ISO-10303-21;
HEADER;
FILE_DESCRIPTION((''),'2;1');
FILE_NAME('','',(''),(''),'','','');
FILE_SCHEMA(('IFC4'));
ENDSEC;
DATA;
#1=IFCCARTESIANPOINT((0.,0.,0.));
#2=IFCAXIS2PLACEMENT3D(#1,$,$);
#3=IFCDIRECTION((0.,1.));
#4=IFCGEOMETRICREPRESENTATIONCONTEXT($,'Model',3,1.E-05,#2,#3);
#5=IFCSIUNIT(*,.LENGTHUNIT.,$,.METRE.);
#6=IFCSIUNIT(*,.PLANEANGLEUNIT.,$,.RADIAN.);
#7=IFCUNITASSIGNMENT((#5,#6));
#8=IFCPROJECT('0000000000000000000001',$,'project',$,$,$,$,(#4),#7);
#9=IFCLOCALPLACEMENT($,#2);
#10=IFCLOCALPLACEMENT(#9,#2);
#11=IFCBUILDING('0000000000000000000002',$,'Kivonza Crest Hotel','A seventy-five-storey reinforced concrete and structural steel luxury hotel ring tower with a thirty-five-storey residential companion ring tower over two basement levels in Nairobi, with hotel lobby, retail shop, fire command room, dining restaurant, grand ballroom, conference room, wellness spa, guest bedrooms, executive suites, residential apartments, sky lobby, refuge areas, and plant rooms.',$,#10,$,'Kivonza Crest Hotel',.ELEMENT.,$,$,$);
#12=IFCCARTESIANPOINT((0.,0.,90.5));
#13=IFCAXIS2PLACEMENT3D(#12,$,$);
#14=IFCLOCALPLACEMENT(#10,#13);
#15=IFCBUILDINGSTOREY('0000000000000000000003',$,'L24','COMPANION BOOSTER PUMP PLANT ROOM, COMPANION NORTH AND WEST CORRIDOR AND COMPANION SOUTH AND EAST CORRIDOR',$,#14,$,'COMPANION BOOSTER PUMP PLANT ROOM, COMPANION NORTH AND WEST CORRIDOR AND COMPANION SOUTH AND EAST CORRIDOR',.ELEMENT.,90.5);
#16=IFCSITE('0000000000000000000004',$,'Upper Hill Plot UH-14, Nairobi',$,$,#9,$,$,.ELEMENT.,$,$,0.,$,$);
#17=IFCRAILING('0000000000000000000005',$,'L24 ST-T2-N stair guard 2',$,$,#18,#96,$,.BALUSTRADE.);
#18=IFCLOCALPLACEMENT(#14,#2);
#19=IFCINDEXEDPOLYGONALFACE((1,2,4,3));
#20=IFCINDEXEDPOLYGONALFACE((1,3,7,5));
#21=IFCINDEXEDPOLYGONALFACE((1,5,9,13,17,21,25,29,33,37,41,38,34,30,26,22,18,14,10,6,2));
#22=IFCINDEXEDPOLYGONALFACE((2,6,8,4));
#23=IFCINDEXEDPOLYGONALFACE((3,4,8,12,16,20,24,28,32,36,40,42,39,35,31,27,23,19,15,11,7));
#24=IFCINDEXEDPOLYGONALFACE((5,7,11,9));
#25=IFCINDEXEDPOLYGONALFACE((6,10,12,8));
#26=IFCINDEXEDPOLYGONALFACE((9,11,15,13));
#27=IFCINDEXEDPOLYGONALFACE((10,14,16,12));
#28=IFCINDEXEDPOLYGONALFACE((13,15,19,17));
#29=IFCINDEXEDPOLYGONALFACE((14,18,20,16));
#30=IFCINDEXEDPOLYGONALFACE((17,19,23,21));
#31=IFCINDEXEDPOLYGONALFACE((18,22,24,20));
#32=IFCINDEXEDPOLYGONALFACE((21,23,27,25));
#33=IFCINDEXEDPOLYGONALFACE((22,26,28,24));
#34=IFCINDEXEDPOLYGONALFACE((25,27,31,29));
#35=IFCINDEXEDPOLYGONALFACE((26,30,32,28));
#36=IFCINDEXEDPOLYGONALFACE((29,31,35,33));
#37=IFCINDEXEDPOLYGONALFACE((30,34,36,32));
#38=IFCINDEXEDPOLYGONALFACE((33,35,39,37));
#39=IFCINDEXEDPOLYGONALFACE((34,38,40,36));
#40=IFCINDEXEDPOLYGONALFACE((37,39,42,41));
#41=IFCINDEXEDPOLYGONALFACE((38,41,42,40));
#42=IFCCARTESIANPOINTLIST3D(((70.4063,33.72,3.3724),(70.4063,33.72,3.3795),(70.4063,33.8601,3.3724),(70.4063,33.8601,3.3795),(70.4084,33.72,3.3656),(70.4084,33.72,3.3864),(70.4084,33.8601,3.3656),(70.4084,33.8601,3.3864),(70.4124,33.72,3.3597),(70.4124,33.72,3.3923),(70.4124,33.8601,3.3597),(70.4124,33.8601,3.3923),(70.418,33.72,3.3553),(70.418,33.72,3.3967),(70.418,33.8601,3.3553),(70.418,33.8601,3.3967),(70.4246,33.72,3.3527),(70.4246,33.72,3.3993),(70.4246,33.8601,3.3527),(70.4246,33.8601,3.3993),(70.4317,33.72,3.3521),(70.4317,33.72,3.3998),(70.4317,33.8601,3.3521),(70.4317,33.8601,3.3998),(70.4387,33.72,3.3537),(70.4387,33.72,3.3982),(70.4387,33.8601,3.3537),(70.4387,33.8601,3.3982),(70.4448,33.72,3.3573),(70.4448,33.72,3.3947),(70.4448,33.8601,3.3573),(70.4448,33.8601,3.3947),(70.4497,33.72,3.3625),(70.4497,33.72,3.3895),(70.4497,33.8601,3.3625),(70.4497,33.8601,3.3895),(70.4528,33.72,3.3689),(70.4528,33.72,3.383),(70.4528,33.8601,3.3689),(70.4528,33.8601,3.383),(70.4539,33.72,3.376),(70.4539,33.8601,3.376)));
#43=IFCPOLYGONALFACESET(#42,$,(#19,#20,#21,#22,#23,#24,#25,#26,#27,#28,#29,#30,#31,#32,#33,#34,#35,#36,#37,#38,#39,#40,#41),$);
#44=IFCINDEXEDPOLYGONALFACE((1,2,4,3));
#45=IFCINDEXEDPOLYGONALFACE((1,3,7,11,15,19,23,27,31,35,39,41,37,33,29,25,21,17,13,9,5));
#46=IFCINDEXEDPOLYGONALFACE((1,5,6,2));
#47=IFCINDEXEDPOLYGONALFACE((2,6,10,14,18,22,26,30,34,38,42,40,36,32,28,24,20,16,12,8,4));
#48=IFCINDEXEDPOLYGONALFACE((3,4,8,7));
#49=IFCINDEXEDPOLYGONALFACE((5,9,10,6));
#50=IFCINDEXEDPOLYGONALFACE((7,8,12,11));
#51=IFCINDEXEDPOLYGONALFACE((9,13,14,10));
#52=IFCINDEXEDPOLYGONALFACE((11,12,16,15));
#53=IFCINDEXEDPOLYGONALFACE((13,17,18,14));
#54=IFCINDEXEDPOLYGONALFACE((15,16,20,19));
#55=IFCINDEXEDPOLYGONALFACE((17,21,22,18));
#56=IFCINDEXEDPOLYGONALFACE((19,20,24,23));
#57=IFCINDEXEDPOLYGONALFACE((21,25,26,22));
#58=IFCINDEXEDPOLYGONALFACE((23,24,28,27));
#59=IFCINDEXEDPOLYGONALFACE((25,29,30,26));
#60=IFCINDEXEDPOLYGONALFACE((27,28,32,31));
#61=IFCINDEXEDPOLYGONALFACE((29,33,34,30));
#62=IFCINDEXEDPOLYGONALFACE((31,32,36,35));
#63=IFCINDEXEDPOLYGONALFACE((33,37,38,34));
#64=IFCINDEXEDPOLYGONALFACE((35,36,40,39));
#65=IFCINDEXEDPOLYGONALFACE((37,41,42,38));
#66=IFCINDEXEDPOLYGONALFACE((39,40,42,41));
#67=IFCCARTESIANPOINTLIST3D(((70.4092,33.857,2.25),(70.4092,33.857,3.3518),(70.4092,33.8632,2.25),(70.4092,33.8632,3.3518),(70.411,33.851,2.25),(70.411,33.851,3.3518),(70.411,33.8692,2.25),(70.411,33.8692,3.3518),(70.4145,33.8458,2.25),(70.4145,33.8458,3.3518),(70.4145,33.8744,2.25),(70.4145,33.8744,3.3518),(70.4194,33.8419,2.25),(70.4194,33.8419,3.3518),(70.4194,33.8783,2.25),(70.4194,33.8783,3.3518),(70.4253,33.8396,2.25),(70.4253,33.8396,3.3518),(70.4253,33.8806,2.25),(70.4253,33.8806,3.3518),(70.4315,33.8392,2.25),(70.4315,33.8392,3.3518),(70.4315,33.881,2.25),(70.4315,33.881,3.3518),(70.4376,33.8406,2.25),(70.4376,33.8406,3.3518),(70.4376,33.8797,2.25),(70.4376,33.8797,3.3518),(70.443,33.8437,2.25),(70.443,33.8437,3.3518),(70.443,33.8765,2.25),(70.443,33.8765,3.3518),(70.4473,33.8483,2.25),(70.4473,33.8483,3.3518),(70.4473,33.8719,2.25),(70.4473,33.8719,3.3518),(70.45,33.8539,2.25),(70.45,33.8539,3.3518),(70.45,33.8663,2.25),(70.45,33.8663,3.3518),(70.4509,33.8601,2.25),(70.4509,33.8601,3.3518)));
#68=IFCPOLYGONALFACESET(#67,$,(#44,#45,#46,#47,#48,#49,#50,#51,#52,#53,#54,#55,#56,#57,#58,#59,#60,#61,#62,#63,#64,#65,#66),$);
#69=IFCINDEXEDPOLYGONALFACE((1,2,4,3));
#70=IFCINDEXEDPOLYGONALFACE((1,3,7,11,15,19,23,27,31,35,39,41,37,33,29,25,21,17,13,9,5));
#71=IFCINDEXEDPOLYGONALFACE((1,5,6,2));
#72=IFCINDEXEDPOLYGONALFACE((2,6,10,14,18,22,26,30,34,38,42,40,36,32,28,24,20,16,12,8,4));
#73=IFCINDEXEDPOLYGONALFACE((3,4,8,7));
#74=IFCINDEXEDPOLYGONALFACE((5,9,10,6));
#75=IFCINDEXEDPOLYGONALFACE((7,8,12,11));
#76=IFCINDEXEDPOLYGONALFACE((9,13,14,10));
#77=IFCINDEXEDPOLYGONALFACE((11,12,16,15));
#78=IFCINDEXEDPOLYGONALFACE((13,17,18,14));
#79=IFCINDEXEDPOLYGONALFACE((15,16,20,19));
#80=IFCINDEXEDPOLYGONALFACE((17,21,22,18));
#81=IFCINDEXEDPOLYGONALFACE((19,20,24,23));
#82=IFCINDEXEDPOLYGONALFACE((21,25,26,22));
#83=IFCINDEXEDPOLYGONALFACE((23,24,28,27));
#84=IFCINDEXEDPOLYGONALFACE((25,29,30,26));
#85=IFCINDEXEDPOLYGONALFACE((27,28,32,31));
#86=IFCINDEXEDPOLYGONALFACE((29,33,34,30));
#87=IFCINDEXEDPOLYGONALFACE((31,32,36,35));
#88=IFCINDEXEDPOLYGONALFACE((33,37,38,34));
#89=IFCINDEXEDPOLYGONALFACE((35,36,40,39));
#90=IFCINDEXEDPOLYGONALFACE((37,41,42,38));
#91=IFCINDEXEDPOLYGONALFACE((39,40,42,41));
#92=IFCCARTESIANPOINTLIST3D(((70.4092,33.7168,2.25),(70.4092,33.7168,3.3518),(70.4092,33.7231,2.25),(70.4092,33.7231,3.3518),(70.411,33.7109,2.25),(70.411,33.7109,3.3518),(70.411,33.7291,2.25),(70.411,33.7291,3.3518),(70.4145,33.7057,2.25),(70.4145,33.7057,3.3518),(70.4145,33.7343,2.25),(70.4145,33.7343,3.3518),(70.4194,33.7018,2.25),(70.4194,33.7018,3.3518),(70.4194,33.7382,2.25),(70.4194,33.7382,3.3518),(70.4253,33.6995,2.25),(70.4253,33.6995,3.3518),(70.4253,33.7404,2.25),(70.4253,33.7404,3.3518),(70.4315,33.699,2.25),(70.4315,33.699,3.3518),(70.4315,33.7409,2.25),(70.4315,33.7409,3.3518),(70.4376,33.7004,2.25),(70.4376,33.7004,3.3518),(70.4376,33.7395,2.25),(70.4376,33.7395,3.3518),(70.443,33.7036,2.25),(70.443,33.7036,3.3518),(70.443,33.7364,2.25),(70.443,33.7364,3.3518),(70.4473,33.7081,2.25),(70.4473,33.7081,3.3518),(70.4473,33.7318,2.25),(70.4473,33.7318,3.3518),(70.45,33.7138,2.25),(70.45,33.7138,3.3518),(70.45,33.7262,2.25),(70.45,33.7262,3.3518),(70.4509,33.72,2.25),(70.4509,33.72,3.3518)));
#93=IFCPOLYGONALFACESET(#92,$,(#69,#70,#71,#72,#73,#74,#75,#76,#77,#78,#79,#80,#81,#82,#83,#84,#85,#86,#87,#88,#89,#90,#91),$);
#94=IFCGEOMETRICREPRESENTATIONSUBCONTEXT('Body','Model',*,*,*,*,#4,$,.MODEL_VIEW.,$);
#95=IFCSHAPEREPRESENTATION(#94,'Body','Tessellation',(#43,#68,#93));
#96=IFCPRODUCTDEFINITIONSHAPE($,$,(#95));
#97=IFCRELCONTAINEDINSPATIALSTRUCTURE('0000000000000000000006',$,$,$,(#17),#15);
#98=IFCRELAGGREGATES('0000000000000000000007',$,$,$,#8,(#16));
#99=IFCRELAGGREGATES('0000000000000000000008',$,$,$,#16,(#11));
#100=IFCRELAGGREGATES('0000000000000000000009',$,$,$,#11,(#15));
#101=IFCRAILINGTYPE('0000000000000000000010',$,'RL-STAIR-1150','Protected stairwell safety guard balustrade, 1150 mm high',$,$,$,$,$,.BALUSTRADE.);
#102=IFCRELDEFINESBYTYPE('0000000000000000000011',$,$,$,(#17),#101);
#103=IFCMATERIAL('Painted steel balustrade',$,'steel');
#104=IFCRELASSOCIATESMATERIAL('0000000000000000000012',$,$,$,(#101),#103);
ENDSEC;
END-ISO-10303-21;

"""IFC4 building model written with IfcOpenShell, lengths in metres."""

from ifc_helpers import new_model, si_unit, direction, frame, origin, origin_2d, place, context, subcontext, project, spatial, circle, extrude, material, type_object, element, save


model = new_model("IFC4")

# Units and contexts
model_context = context("Model", 3, precision=1e-05, world=origin(), true_north=direction((0.0, 1.0)))
body_context = subcontext(model_context, "Body", "Model", "MODEL_VIEW")
ifc_project = project(units=[si_unit("LENGTHUNIT", "METRE"), si_unit("PLANEANGLEUNIT", "RADIAN")], contexts=[model_context])

# Site, building, storey
site_placement = place(None, origin())
site = spatial("IfcSite", under=ifc_project, at=site_placement, Name="Upper Hill Plot UH-14, Nairobi", CompositionType="ELEMENT", RefElevation=0.0)
building_placement = place(site_placement, origin())
building = spatial("IfcBuilding", under=site, at=building_placement, Name="Kivonza Crest Hotel", Description="A seventy-five-storey reinforced concrete and structural steel luxury hotel ring tower with a thirty-five-storey residential companion ring tower over two basement levels in Nairobi, with hotel lobby, retail shop, fire command room, dining restaurant, grand ballroom, conference room, wellness spa, guest bedrooms, executive suites, residential apartments, sky lobby, refuge areas, and plant rooms.", LongName="Kivonza Crest Hotel", CompositionType="ELEMENT")
storey_placement = place(building_placement, frame((0.0, 0.0, 90.5)))
storey = spatial("IfcBuildingStorey", under=building, at=storey_placement, Name="L24", Description="COMPANION BOOSTER PUMP PLANT ROOM, COMPANION NORTH AND WEST CORRIDOR AND COMPANION SOUTH AND EAST CORRIDOR", LongName="COMPANION BOOSTER PUMP PLANT ROOM, COMPANION NORTH AND WEST CORRIDOR AND COMPANION SOUTH AND EAST CORRIDOR", CompositionType="ELEMENT", Elevation=90.5)

# Railing
ifc_material_1 = material(Name="Painted steel balustrade", Category="steel")
railing_type_1 = type_object("IfcRailingType", Name="RL-STAIR-1150", Description="Protected stairwell safety guard balustrade, 1150 mm high", PredefinedType="BALUSTRADE", material=ifc_material_1)
railing_1_placement = place(storey_placement, frame((70.4299, 33.8601, 2.25)))
element("IfcRailing", 1, at=railing_1_placement, inside=storey, type_object=railing_type_1, Name="L24 ST-T2-N stair guard 2", PredefinedType="BALUSTRADE", context=body_context, shape_type="SweptSolid", body=[
    extrude(circle(Radius=0.0239, at=origin_2d()), frame((0.0, 0.0, 1.126), z_axis=(0.0, -1.0, 0.0), x_axis=(1.0, 0.0, 0.0)), (0.0, 0.0, 1.0), 0.1401),
    extrude(circle(Radius=0.021, at=origin_2d()), origin(), (0.0, 0.0, 1.0), 1.1018),
    extrude(circle(Radius=0.021, at=origin_2d()), frame((0.0, -0.1401, 0.0)), (0.0, 0.0, 1.0), 1.1018),
])

save(model, "model.ifc")
